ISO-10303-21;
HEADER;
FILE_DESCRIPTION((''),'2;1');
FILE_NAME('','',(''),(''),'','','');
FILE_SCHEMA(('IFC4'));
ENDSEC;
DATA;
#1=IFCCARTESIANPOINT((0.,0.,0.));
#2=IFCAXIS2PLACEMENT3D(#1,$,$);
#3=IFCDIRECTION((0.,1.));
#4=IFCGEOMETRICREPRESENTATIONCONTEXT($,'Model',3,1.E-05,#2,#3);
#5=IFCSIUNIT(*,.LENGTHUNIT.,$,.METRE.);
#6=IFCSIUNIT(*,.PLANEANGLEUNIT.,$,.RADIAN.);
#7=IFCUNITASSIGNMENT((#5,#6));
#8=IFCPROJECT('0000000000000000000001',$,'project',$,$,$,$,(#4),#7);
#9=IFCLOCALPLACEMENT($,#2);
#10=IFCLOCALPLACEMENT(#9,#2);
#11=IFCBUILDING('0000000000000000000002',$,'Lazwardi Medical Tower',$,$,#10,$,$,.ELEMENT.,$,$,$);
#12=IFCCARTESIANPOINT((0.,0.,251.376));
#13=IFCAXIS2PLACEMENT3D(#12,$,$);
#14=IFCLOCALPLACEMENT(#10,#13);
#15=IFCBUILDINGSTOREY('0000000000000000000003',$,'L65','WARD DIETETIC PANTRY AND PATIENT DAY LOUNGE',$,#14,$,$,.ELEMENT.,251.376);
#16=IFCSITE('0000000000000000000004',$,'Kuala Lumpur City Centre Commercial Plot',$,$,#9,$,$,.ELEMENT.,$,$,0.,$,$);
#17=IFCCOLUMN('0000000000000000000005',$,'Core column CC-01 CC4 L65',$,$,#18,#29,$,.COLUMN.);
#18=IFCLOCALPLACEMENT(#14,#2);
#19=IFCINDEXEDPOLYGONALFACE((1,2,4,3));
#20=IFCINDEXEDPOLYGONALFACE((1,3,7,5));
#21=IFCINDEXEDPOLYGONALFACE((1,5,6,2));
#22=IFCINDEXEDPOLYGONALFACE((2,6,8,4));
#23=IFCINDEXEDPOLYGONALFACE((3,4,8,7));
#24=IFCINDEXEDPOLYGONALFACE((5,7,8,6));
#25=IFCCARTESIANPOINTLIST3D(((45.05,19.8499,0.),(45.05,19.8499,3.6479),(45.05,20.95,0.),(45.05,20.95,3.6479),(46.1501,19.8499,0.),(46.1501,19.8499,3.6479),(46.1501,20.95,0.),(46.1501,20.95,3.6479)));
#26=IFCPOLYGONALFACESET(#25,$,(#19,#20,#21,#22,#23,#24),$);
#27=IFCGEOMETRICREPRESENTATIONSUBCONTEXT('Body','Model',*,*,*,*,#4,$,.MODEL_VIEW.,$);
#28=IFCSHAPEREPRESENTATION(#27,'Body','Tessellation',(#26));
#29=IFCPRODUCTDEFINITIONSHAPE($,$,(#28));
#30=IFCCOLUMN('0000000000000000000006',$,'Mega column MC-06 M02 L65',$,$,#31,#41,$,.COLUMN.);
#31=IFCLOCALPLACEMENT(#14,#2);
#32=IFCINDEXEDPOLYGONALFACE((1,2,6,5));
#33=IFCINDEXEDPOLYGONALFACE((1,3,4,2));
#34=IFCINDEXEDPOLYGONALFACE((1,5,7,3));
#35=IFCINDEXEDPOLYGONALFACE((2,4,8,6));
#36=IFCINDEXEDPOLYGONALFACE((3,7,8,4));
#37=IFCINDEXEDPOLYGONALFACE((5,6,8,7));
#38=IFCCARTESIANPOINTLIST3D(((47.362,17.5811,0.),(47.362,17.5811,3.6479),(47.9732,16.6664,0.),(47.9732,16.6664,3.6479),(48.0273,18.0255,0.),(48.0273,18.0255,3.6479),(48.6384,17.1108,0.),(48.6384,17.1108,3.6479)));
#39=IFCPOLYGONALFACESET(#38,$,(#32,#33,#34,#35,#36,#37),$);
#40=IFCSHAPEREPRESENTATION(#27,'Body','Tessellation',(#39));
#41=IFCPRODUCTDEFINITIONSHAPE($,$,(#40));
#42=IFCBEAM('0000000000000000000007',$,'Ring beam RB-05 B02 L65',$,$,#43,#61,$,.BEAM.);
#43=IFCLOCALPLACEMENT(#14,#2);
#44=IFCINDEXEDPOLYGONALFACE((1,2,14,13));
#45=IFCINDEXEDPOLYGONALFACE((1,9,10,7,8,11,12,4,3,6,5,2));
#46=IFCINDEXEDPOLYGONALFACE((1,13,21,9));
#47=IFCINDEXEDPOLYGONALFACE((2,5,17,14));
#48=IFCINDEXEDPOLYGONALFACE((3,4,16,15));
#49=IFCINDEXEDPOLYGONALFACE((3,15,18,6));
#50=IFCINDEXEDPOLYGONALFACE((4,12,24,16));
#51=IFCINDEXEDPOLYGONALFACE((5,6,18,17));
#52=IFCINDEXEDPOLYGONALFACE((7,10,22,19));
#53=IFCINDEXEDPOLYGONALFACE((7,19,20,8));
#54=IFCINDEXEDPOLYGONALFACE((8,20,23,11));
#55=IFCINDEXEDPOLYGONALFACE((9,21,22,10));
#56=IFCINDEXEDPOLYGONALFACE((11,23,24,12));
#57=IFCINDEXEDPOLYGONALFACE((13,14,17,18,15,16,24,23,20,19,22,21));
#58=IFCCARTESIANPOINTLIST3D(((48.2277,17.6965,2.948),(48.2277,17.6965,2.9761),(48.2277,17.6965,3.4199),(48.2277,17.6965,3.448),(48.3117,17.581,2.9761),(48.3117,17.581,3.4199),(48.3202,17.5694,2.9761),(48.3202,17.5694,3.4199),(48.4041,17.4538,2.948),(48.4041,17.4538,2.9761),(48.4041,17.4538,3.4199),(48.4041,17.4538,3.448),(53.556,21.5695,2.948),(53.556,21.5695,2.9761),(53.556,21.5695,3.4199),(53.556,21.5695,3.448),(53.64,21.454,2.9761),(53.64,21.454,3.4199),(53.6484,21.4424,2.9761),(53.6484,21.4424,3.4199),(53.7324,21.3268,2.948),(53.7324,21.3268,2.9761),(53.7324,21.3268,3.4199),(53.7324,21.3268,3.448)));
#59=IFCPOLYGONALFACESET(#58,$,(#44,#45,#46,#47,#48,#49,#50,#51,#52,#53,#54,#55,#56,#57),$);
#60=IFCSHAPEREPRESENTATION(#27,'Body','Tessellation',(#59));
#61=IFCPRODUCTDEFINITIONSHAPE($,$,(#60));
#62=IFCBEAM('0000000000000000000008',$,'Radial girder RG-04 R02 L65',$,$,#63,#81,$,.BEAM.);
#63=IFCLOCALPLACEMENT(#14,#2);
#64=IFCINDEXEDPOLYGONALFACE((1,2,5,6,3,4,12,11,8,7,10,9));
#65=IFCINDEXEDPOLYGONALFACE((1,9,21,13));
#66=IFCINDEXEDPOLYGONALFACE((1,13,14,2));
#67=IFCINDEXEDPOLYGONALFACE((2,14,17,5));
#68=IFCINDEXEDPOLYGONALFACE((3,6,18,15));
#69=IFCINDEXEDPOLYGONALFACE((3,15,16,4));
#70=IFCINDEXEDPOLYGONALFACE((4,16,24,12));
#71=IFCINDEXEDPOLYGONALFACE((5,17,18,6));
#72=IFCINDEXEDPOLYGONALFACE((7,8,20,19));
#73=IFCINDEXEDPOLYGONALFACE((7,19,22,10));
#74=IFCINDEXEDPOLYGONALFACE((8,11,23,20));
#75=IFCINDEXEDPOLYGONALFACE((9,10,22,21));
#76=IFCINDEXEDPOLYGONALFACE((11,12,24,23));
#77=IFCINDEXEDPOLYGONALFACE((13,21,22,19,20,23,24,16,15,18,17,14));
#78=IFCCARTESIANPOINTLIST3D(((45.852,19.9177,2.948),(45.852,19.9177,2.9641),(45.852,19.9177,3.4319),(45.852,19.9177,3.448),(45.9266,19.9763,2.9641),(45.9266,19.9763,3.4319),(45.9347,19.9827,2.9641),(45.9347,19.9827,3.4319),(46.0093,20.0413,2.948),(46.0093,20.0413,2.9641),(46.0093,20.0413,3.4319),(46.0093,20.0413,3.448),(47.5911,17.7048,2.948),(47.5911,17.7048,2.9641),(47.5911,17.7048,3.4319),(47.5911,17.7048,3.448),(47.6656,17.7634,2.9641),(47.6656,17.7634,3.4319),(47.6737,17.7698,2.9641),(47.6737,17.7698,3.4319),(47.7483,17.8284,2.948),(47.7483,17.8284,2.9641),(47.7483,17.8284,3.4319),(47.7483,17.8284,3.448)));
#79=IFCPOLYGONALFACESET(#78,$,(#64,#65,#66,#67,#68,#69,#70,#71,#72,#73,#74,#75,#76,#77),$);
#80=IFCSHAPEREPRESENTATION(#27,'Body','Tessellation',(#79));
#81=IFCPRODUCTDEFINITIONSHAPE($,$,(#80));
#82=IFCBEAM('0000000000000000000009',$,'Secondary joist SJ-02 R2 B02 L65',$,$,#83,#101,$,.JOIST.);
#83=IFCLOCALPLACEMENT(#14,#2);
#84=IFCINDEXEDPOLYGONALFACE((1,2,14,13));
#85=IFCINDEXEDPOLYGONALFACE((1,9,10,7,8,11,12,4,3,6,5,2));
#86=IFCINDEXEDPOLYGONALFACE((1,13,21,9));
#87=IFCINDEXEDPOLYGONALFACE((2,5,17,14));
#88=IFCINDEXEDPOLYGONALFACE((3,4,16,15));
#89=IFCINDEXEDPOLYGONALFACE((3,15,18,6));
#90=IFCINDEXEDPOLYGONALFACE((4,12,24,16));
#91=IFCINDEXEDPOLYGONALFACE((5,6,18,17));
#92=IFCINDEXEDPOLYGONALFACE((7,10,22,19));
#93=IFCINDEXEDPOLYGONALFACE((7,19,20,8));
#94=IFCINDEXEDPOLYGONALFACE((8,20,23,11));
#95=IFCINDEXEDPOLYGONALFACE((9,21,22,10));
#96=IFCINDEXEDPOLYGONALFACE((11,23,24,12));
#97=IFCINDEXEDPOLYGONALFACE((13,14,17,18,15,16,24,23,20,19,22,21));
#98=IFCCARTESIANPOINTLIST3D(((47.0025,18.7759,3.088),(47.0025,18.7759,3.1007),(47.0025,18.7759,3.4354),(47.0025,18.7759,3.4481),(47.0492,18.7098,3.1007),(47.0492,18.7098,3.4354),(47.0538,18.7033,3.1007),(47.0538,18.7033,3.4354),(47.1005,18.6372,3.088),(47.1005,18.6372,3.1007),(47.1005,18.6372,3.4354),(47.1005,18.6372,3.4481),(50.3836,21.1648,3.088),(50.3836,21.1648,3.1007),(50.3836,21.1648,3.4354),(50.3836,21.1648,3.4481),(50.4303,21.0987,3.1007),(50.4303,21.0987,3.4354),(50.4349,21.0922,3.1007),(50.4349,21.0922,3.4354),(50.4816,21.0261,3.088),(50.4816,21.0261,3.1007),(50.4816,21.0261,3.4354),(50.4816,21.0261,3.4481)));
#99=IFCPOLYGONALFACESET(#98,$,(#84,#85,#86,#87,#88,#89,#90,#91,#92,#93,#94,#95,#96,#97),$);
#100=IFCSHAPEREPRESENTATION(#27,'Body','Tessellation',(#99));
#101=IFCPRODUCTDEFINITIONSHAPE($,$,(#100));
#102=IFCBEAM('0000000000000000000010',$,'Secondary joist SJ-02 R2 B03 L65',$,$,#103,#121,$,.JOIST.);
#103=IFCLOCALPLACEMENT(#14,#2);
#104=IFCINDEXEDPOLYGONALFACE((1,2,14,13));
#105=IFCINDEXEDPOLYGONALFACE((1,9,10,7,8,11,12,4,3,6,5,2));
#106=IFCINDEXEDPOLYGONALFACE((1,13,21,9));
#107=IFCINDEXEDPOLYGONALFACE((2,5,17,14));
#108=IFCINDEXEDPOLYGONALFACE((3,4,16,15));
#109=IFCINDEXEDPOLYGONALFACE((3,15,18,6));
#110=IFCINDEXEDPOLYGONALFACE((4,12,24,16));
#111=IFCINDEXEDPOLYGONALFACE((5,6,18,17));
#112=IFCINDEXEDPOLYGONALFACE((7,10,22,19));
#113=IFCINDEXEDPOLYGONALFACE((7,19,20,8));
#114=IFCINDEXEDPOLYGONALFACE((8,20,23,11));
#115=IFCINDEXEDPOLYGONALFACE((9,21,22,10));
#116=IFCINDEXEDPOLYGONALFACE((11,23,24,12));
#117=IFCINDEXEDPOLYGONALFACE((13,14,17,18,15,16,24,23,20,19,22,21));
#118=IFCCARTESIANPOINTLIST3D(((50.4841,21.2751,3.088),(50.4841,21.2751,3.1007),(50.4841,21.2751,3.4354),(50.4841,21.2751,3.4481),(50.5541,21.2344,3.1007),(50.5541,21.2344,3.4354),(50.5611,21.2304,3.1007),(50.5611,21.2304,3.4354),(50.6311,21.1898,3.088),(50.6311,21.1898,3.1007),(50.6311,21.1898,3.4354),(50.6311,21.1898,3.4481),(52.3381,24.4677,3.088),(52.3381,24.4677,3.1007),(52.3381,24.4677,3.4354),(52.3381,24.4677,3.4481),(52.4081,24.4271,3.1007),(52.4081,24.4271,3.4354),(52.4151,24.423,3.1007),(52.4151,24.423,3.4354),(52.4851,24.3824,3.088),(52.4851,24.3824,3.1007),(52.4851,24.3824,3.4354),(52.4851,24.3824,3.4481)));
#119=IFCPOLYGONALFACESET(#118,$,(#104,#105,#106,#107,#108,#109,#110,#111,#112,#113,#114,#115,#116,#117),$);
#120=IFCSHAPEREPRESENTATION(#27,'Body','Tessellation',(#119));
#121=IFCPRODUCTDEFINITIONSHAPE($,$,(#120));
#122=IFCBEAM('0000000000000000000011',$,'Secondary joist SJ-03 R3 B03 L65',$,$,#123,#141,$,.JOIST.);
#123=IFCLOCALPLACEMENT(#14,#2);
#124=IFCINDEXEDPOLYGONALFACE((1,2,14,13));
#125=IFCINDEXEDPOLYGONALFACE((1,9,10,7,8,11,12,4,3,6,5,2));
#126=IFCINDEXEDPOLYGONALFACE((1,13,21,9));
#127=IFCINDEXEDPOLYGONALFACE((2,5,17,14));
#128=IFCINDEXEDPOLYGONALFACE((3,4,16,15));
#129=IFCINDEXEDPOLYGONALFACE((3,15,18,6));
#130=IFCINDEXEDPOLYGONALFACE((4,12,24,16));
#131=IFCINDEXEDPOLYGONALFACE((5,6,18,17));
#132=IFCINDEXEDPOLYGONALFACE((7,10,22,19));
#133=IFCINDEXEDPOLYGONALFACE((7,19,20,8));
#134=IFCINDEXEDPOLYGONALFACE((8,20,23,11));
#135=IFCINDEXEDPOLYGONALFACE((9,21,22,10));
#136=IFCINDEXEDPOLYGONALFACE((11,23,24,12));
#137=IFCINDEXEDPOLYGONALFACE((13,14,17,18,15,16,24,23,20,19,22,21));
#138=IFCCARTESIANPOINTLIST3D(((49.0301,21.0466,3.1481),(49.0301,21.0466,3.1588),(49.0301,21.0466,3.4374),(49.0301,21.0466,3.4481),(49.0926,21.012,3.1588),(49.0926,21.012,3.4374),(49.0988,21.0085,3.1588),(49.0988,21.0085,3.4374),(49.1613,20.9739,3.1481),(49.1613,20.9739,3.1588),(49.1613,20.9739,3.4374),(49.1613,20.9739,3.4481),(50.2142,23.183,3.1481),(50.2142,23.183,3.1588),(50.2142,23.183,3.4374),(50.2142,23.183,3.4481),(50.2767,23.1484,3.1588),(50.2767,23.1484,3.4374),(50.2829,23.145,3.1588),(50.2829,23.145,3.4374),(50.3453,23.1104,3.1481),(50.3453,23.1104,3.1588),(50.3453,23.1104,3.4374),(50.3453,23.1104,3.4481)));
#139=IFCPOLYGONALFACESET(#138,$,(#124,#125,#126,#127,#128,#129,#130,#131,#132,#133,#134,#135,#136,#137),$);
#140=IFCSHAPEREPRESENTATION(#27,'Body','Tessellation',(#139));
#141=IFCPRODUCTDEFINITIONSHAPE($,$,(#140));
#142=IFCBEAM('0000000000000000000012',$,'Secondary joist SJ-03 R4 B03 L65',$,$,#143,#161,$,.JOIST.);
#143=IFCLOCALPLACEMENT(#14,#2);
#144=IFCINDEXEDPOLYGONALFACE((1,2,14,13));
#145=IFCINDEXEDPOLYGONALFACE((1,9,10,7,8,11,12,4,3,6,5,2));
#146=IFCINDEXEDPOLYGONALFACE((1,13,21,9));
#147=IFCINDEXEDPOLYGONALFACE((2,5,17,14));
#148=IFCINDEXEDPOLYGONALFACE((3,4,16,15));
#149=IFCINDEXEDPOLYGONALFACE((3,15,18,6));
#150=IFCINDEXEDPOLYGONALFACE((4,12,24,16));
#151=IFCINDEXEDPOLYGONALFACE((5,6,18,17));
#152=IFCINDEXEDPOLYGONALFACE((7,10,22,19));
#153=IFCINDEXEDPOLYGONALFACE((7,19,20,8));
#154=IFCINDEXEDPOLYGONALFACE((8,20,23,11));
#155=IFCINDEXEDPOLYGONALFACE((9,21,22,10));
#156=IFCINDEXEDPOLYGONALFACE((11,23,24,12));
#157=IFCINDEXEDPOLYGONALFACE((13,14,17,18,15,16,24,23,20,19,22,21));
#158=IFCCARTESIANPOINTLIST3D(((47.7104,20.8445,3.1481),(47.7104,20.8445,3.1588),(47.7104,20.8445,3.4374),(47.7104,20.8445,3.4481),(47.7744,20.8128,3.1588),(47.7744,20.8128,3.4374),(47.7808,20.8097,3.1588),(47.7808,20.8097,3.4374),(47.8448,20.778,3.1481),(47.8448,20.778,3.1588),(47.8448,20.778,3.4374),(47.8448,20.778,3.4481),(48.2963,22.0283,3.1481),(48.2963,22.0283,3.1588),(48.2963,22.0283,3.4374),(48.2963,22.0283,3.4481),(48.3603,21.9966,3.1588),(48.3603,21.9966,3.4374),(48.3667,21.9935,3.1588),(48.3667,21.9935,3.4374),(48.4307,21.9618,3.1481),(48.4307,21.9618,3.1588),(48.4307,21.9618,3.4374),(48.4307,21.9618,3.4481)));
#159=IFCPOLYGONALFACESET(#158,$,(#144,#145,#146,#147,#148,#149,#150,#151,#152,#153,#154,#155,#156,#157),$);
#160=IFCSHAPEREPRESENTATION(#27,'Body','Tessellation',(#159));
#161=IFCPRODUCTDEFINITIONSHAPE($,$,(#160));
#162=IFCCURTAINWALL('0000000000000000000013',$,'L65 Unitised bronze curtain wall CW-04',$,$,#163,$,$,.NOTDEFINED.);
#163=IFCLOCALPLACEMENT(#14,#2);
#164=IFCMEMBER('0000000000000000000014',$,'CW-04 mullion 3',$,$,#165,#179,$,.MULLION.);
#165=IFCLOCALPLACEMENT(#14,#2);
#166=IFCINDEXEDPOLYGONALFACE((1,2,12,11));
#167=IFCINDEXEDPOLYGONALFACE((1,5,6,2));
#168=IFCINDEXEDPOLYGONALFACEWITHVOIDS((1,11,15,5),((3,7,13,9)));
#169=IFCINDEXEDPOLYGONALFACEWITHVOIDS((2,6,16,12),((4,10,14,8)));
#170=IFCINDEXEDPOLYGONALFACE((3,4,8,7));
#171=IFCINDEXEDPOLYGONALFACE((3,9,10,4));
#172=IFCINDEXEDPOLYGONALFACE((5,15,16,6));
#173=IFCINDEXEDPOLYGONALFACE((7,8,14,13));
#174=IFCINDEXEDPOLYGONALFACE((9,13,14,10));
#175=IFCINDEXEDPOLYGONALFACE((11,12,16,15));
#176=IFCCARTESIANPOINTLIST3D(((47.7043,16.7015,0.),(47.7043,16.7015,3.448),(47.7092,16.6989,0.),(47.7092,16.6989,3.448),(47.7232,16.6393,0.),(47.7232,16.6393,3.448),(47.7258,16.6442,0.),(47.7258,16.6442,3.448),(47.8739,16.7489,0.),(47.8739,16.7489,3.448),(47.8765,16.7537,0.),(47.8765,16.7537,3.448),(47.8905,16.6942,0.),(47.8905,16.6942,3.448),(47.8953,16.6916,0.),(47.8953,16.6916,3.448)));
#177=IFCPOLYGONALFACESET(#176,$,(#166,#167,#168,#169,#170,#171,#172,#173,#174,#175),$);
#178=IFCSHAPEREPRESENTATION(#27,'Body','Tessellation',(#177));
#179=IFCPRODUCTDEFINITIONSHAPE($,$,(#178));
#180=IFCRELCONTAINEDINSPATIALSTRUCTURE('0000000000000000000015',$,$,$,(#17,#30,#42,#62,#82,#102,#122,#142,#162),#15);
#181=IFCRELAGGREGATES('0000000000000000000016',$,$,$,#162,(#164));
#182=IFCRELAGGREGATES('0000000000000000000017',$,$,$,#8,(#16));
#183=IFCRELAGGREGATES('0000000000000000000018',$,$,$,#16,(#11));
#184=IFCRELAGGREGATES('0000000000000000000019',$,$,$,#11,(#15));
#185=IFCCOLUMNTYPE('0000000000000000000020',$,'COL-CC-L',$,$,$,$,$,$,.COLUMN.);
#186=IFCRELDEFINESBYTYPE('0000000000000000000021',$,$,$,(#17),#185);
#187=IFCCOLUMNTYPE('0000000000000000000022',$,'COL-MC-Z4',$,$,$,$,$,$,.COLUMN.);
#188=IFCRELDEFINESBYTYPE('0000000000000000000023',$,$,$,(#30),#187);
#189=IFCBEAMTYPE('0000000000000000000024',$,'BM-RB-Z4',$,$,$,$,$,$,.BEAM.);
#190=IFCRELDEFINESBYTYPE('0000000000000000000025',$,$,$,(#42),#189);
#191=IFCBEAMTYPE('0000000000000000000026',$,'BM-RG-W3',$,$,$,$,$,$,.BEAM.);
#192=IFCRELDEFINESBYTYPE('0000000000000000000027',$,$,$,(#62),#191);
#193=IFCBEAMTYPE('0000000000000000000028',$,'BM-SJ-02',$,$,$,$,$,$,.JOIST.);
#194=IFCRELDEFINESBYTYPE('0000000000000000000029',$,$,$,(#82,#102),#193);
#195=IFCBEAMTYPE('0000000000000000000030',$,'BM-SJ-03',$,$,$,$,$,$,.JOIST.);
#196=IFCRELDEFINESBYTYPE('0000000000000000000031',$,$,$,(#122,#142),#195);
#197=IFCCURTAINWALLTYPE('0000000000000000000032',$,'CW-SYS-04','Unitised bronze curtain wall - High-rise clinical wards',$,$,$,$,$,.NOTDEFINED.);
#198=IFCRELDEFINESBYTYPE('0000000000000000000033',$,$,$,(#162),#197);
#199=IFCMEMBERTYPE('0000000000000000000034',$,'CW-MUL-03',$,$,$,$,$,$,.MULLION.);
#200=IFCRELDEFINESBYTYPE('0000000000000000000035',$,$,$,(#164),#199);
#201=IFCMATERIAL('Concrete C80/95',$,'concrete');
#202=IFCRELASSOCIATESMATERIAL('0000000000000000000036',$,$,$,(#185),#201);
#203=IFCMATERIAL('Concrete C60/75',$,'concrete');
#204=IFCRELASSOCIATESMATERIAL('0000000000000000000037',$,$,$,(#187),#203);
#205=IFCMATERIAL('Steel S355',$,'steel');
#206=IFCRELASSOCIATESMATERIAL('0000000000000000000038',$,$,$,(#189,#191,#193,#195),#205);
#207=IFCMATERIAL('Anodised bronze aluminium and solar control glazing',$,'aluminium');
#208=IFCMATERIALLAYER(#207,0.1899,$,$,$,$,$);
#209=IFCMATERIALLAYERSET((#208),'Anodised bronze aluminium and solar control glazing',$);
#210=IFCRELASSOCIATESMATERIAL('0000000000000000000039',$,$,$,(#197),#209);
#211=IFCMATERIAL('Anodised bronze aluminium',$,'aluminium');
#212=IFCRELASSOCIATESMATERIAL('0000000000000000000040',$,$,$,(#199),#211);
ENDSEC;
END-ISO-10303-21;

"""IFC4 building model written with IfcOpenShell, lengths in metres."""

from ifc_helpers import new_model, si_unit, direction, frame, origin, origin_2d, place, context, subcontext, project, spatial, rectangle, hollow_rectangle, i_section, extrude, material, layer, layer_set, material_profile, profile_set, type_object, element, aggregate, save


model = new_model("IFC4")

# Units and contexts
model_context = context("Model", 3, precision=1e-05, world=origin(), true_north=direction((0.0, 1.0)))
body_context = subcontext(model_context, "Body", "Model", "MODEL_VIEW")
ifc_project = project(units=[si_unit("LENGTHUNIT", "METRE"), si_unit("PLANEANGLEUNIT", "RADIAN")], contexts=[model_context])

# Site, building, storey
site_placement = place(None, origin())
site = spatial("IfcSite", under=ifc_project, at=site_placement, Name="Kuala Lumpur City Centre Commercial Plot", CompositionType="ELEMENT", RefElevation=0.0)
building_placement = place(site_placement, origin())
building = spatial("IfcBuilding", under=site, at=building_placement, Name="Lazwardi Medical Tower", CompositionType="ELEMENT")
storey_placement = place(building_placement, frame((0.0, 0.0, 251.376)))
storey = spatial("IfcBuildingStorey", under=building, at=storey_placement, Name="L65", Description="WARD DIETETIC PANTRY AND PATIENT DAY LOUNGE", CompositionType="ELEMENT", Elevation=251.376)

# Columns
ifc_material_1 = material(Name="Concrete C80/95", Category="concrete")
ifc_material_profile_1 = material_profile(ifc_material_1, rectangle(XDim=1.1001, YDim=1.1001, at=origin_2d()), Name="RC 1100x1100")
ifc_profile_set_1 = profile_set([ifc_material_profile_1], Name="Concrete C80/95")
column_type_1 = type_object("IfcColumnType", Name="COL-CC-L", PredefinedType="COLUMN", material=ifc_profile_set_1)
column_1_placement = place(storey_placement, frame((45.6001, 20.3999, 0.0), z_axis=(0.0, 0.0, 1.0), x_axis=(1.0, 0.0, 0.0)))
element("IfcColumn", 1, at=column_1_placement, inside=storey, type_object=column_type_1, Name="Core column CC-01 CC4 L65", PredefinedType="COLUMN", context=body_context, shape_type="SweptSolid", body=[
    extrude(rectangle(XDim=1.1001, YDim=1.1001, at=origin_2d()), origin(), (0.0, 0.0, 1.0), 3.6479),
])
ifc_material_2 = material(Name="Concrete C60/75", Category="concrete")
ifc_material_profile_2 = material_profile(ifc_material_2, rectangle(XDim=1.1001, YDim=0.8, at=origin_2d()), Name="CFT-RECT 1100x800")
ifc_profile_set_2 = profile_set([ifc_material_profile_2], Name="Concrete C60/75")
column_type_2 = type_object("IfcColumnType", Name="COL-MC-Z4", PredefinedType="COLUMN", material=ifc_profile_set_2)
column_2_placement = place(storey_placement, frame((48.0002, 17.3459, 0.0), z_axis=(0.0, 0.0, 1.0), x_axis=(0.55557, -0.83147, 0.0)))
element("IfcColumn", 2, at=column_2_placement, inside=storey, type_object=column_type_2, Name="Mega column MC-06 M02 L65", PredefinedType="COLUMN", context=body_context, shape_type="SweptSolid", body=[
    extrude(rectangle(XDim=1.1001, YDim=0.8, at=origin_2d()), origin(), (0.0, 0.0, 1.0), 3.6479),
])

# Beams
ifc_material_3 = material(Name="Steel S355", Category="steel")
ifc_material_profile_3 = material_profile(ifc_material_3, i_section(OverallWidth=0.3, OverallDepth=0.5, WebThickness=0.0144, FlangeThickness=0.0281, at=origin_2d()), Name="HEB 500")
ifc_profile_set_3 = profile_set([ifc_material_profile_3], Name="Steel S355")
beam_type_1 = type_object("IfcBeamType", Name="BM-RB-Z4", PredefinedType="BEAM", material=ifc_profile_set_3)
beam_1_placement = place(storey_placement, frame((48.3159, 17.5752, 3.198), z_axis=(0.80889, 0.58796, 0.0), x_axis=(-0.58796, 0.80889, 0.0)))
element("IfcBeam", 3, at=beam_1_placement, inside=storey, type_object=beam_type_1, Name="Ring beam RB-05 B02 L65", PredefinedType="BEAM", context=body_context, shape_type="SweptSolid", body=[
    extrude(i_section(OverallWidth=0.3, OverallDepth=0.5, WebThickness=0.0144, FlangeThickness=0.0281, at=origin_2d()), origin(), (0.0, 0.0, 1.0), 6.5872),
])
ifc_material_profile_4 = material_profile(ifc_material_3, i_section(OverallWidth=0.2, OverallDepth=0.5, WebThickness=0.0103, FlangeThickness=0.0161, at=origin_2d()), Name="IPE 500")
ifc_profile_set_4 = profile_set([ifc_material_profile_4], Name="Steel S355")
beam_type_2 = type_object("IfcBeamType", Name="BM-RG-W3", PredefinedType="BEAM", material=ifc_profile_set_4)
beam_2_placement = place(storey_placement, frame((47.6697, 17.7666, 3.198), z_axis=(-0.617891, 0.786264, 0.0), x_axis=(-0.786264, -0.617891, 0.0)))
element("IfcBeam", 4, at=beam_2_placement, inside=storey, type_object=beam_type_2, Name="Radial girder RG-04 R02 L65", PredefinedType="BEAM", context=body_context, shape_type="SweptSolid", body=[
    extrude(i_section(OverallWidth=0.2, OverallDepth=0.5, WebThickness=0.0103, FlangeThickness=0.0161, at=origin_2d()), origin(), (0.0, 0.0, 1.0), 2.8145),
])
ifc_material_profile_5 = material_profile(ifc_material_3, i_section(OverallWidth=0.1699, OverallDepth=0.3601, WebThickness=0.0081, FlangeThickness=0.0127, at=origin_2d()), Name="IPE 360")
ifc_profile_set_5 = profile_set([ifc_material_profile_5], Name="Steel S355")
beam_type_3 = type_object("IfcBeamType", Name="BM-SJ-02", PredefinedType="JOIST", material=ifc_profile_set_5)
beam_3_placement = place(storey_placement, frame((47.0515, 18.7065, 3.2681), z_axis=(0.816711, 0.577047, 0.0), x_axis=(-0.577047, 0.816711, 0.0)))
element("IfcBeam", 5, at=beam_3_placement, inside=storey, type_object=beam_type_3, Name="Secondary joist SJ-02 R2 B02 L65", PredefinedType="JOIST", context=body_context, shape_type="SweptSolid", body=[
    extrude(i_section(OverallWidth=0.1699, OverallDepth=0.3601, WebThickness=0.0081, FlangeThickness=0.0127, at=origin_2d()), origin(), (0.0, 0.0, 1.0), 4.1399),
])
beam_4_placement = place(storey_placement, frame((50.5576, 21.2324, 3.2681), z_axis=(0.50218, 0.864763, 0.0), x_axis=(-0.864763, 0.50218, 0.0)))
element("IfcBeam", 6, at=beam_4_placement, inside=storey, type_object=beam_type_3, Name="Secondary joist SJ-02 R2 B03 L65", PredefinedType="JOIST", context=body_context, shape_type="SweptSolid", body=[
    extrude(i_section(OverallWidth=0.1699, OverallDepth=0.3601, WebThickness=0.0081, FlangeThickness=0.0127, at=origin_2d()), origin(), (0.0, 0.0, 1.0), 3.6919),
])
ifc_material_profile_6 = material_profile(ifc_material_3, i_section(OverallWidth=0.1499, OverallDepth=0.3, WebThickness=0.0071, FlangeThickness=0.0107, at=origin_2d()), Name="IPE 300")
ifc_profile_set_6 = profile_set([ifc_material_profile_6], Name="Steel S355")
beam_type_4 = type_object("IfcBeamType", Name="BM-SJ-03", PredefinedType="JOIST", material=ifc_profile_set_6)
beam_5_placement = place(storey_placement, frame((49.0957, 21.0103, 3.2981), z_axis=(0.484752, 0.874652, 0.0), x_axis=(-0.874652, 0.484752, 0.0)))
element("IfcBeam", 7, at=beam_5_placement, inside=storey, type_object=beam_type_4, Name="Secondary joist SJ-03 R3 B03 L65", PredefinedType="JOIST", context=body_context, shape_type="SweptSolid", body=[
    extrude(i_section(OverallWidth=0.1499, OverallDepth=0.3, WebThickness=0.0071, FlangeThickness=0.0107, at=origin_2d()), origin(), (0.0, 0.0, 1.0), 2.4426),
])
beam_6_placement = place(storey_placement, frame((47.7776, 20.8113, 3.2981), z_axis=(0.443587, 0.896231, 0.0), x_axis=(-0.896231, 0.443587, 0.0)))
element("IfcBeam", 8, at=beam_6_placement, inside=storey, type_object=beam_type_4, Name="Secondary joist SJ-03 R4 B03 L65", PredefinedType="JOIST", context=body_context, shape_type="SweptSolid", body=[
    extrude(i_section(OverallWidth=0.1499, OverallDepth=0.3, WebThickness=0.0071, FlangeThickness=0.0107, at=origin_2d()), origin(), (0.0, 0.0, 1.0), 1.3208),
])

# Curtain wall, member
ifc_material_4 = material(Name="Anodised bronze aluminium and solar control glazing", Category="aluminium")
ifc_layer_1 = layer(ifc_material_4, 0.1899)
ifc_layer_set_1 = layer_set([ifc_layer_1], Name="Anodised bronze aluminium and solar control glazing")
curtain_wall_type = type_object("IfcCurtainWallType", Name="CW-SYS-04", Description="Unitised bronze curtain wall - High-rise clinical wards", PredefinedType="NOTDEFINED", material=ifc_layer_set_1)
curtain_wall_1_placement = place(storey_placement, origin())
curtain_wall_1 = element("IfcCurtainWall", 9, at=curtain_wall_1_placement, inside=storey, type_object=curtain_wall_type, Name="L65 Unitised bronze curtain wall CW-04", PredefinedType="NOTDEFINED")
ifc_material_5 = material(Name="Anodised bronze aluminium", Category="aluminium")
ifc_material_profile_7 = material_profile(ifc_material_5, hollow_rectangle(XDim=0.0649, YDim=0.1799, WallThickness=0.0039, at=origin_2d()), Name="ALU-MULLION 180x65x4")
ifc_profile_set_7 = profile_set([ifc_material_profile_7], Name="Anodised bronze aluminium")
member_type_1 = type_object("IfcMemberType", Name="CW-MUL-03", PredefinedType="MULLION", material=ifc_profile_set_7)
member_1_placement = place(storey_placement, frame((47.7998, 16.6965, 0.0), z_axis=(0.0, 0.0, 1.0), x_axis=(-0.290582, 0.95685, 0.0)))
member_1 = element("IfcMember", 10, at=member_1_placement, type_object=member_type_1, Name="CW-04 mullion 3", PredefinedType="MULLION", context=body_context, shape_type="SweptSolid", body=[
    extrude(hollow_rectangle(XDim=0.0649, YDim=0.1799, WallThickness=0.0039, at=origin_2d()), origin(), (0.0, 0.0, 1.0), 3.448),
])

aggregate(curtain_wall_1, [member_1])

save(model, "model.ifc")
